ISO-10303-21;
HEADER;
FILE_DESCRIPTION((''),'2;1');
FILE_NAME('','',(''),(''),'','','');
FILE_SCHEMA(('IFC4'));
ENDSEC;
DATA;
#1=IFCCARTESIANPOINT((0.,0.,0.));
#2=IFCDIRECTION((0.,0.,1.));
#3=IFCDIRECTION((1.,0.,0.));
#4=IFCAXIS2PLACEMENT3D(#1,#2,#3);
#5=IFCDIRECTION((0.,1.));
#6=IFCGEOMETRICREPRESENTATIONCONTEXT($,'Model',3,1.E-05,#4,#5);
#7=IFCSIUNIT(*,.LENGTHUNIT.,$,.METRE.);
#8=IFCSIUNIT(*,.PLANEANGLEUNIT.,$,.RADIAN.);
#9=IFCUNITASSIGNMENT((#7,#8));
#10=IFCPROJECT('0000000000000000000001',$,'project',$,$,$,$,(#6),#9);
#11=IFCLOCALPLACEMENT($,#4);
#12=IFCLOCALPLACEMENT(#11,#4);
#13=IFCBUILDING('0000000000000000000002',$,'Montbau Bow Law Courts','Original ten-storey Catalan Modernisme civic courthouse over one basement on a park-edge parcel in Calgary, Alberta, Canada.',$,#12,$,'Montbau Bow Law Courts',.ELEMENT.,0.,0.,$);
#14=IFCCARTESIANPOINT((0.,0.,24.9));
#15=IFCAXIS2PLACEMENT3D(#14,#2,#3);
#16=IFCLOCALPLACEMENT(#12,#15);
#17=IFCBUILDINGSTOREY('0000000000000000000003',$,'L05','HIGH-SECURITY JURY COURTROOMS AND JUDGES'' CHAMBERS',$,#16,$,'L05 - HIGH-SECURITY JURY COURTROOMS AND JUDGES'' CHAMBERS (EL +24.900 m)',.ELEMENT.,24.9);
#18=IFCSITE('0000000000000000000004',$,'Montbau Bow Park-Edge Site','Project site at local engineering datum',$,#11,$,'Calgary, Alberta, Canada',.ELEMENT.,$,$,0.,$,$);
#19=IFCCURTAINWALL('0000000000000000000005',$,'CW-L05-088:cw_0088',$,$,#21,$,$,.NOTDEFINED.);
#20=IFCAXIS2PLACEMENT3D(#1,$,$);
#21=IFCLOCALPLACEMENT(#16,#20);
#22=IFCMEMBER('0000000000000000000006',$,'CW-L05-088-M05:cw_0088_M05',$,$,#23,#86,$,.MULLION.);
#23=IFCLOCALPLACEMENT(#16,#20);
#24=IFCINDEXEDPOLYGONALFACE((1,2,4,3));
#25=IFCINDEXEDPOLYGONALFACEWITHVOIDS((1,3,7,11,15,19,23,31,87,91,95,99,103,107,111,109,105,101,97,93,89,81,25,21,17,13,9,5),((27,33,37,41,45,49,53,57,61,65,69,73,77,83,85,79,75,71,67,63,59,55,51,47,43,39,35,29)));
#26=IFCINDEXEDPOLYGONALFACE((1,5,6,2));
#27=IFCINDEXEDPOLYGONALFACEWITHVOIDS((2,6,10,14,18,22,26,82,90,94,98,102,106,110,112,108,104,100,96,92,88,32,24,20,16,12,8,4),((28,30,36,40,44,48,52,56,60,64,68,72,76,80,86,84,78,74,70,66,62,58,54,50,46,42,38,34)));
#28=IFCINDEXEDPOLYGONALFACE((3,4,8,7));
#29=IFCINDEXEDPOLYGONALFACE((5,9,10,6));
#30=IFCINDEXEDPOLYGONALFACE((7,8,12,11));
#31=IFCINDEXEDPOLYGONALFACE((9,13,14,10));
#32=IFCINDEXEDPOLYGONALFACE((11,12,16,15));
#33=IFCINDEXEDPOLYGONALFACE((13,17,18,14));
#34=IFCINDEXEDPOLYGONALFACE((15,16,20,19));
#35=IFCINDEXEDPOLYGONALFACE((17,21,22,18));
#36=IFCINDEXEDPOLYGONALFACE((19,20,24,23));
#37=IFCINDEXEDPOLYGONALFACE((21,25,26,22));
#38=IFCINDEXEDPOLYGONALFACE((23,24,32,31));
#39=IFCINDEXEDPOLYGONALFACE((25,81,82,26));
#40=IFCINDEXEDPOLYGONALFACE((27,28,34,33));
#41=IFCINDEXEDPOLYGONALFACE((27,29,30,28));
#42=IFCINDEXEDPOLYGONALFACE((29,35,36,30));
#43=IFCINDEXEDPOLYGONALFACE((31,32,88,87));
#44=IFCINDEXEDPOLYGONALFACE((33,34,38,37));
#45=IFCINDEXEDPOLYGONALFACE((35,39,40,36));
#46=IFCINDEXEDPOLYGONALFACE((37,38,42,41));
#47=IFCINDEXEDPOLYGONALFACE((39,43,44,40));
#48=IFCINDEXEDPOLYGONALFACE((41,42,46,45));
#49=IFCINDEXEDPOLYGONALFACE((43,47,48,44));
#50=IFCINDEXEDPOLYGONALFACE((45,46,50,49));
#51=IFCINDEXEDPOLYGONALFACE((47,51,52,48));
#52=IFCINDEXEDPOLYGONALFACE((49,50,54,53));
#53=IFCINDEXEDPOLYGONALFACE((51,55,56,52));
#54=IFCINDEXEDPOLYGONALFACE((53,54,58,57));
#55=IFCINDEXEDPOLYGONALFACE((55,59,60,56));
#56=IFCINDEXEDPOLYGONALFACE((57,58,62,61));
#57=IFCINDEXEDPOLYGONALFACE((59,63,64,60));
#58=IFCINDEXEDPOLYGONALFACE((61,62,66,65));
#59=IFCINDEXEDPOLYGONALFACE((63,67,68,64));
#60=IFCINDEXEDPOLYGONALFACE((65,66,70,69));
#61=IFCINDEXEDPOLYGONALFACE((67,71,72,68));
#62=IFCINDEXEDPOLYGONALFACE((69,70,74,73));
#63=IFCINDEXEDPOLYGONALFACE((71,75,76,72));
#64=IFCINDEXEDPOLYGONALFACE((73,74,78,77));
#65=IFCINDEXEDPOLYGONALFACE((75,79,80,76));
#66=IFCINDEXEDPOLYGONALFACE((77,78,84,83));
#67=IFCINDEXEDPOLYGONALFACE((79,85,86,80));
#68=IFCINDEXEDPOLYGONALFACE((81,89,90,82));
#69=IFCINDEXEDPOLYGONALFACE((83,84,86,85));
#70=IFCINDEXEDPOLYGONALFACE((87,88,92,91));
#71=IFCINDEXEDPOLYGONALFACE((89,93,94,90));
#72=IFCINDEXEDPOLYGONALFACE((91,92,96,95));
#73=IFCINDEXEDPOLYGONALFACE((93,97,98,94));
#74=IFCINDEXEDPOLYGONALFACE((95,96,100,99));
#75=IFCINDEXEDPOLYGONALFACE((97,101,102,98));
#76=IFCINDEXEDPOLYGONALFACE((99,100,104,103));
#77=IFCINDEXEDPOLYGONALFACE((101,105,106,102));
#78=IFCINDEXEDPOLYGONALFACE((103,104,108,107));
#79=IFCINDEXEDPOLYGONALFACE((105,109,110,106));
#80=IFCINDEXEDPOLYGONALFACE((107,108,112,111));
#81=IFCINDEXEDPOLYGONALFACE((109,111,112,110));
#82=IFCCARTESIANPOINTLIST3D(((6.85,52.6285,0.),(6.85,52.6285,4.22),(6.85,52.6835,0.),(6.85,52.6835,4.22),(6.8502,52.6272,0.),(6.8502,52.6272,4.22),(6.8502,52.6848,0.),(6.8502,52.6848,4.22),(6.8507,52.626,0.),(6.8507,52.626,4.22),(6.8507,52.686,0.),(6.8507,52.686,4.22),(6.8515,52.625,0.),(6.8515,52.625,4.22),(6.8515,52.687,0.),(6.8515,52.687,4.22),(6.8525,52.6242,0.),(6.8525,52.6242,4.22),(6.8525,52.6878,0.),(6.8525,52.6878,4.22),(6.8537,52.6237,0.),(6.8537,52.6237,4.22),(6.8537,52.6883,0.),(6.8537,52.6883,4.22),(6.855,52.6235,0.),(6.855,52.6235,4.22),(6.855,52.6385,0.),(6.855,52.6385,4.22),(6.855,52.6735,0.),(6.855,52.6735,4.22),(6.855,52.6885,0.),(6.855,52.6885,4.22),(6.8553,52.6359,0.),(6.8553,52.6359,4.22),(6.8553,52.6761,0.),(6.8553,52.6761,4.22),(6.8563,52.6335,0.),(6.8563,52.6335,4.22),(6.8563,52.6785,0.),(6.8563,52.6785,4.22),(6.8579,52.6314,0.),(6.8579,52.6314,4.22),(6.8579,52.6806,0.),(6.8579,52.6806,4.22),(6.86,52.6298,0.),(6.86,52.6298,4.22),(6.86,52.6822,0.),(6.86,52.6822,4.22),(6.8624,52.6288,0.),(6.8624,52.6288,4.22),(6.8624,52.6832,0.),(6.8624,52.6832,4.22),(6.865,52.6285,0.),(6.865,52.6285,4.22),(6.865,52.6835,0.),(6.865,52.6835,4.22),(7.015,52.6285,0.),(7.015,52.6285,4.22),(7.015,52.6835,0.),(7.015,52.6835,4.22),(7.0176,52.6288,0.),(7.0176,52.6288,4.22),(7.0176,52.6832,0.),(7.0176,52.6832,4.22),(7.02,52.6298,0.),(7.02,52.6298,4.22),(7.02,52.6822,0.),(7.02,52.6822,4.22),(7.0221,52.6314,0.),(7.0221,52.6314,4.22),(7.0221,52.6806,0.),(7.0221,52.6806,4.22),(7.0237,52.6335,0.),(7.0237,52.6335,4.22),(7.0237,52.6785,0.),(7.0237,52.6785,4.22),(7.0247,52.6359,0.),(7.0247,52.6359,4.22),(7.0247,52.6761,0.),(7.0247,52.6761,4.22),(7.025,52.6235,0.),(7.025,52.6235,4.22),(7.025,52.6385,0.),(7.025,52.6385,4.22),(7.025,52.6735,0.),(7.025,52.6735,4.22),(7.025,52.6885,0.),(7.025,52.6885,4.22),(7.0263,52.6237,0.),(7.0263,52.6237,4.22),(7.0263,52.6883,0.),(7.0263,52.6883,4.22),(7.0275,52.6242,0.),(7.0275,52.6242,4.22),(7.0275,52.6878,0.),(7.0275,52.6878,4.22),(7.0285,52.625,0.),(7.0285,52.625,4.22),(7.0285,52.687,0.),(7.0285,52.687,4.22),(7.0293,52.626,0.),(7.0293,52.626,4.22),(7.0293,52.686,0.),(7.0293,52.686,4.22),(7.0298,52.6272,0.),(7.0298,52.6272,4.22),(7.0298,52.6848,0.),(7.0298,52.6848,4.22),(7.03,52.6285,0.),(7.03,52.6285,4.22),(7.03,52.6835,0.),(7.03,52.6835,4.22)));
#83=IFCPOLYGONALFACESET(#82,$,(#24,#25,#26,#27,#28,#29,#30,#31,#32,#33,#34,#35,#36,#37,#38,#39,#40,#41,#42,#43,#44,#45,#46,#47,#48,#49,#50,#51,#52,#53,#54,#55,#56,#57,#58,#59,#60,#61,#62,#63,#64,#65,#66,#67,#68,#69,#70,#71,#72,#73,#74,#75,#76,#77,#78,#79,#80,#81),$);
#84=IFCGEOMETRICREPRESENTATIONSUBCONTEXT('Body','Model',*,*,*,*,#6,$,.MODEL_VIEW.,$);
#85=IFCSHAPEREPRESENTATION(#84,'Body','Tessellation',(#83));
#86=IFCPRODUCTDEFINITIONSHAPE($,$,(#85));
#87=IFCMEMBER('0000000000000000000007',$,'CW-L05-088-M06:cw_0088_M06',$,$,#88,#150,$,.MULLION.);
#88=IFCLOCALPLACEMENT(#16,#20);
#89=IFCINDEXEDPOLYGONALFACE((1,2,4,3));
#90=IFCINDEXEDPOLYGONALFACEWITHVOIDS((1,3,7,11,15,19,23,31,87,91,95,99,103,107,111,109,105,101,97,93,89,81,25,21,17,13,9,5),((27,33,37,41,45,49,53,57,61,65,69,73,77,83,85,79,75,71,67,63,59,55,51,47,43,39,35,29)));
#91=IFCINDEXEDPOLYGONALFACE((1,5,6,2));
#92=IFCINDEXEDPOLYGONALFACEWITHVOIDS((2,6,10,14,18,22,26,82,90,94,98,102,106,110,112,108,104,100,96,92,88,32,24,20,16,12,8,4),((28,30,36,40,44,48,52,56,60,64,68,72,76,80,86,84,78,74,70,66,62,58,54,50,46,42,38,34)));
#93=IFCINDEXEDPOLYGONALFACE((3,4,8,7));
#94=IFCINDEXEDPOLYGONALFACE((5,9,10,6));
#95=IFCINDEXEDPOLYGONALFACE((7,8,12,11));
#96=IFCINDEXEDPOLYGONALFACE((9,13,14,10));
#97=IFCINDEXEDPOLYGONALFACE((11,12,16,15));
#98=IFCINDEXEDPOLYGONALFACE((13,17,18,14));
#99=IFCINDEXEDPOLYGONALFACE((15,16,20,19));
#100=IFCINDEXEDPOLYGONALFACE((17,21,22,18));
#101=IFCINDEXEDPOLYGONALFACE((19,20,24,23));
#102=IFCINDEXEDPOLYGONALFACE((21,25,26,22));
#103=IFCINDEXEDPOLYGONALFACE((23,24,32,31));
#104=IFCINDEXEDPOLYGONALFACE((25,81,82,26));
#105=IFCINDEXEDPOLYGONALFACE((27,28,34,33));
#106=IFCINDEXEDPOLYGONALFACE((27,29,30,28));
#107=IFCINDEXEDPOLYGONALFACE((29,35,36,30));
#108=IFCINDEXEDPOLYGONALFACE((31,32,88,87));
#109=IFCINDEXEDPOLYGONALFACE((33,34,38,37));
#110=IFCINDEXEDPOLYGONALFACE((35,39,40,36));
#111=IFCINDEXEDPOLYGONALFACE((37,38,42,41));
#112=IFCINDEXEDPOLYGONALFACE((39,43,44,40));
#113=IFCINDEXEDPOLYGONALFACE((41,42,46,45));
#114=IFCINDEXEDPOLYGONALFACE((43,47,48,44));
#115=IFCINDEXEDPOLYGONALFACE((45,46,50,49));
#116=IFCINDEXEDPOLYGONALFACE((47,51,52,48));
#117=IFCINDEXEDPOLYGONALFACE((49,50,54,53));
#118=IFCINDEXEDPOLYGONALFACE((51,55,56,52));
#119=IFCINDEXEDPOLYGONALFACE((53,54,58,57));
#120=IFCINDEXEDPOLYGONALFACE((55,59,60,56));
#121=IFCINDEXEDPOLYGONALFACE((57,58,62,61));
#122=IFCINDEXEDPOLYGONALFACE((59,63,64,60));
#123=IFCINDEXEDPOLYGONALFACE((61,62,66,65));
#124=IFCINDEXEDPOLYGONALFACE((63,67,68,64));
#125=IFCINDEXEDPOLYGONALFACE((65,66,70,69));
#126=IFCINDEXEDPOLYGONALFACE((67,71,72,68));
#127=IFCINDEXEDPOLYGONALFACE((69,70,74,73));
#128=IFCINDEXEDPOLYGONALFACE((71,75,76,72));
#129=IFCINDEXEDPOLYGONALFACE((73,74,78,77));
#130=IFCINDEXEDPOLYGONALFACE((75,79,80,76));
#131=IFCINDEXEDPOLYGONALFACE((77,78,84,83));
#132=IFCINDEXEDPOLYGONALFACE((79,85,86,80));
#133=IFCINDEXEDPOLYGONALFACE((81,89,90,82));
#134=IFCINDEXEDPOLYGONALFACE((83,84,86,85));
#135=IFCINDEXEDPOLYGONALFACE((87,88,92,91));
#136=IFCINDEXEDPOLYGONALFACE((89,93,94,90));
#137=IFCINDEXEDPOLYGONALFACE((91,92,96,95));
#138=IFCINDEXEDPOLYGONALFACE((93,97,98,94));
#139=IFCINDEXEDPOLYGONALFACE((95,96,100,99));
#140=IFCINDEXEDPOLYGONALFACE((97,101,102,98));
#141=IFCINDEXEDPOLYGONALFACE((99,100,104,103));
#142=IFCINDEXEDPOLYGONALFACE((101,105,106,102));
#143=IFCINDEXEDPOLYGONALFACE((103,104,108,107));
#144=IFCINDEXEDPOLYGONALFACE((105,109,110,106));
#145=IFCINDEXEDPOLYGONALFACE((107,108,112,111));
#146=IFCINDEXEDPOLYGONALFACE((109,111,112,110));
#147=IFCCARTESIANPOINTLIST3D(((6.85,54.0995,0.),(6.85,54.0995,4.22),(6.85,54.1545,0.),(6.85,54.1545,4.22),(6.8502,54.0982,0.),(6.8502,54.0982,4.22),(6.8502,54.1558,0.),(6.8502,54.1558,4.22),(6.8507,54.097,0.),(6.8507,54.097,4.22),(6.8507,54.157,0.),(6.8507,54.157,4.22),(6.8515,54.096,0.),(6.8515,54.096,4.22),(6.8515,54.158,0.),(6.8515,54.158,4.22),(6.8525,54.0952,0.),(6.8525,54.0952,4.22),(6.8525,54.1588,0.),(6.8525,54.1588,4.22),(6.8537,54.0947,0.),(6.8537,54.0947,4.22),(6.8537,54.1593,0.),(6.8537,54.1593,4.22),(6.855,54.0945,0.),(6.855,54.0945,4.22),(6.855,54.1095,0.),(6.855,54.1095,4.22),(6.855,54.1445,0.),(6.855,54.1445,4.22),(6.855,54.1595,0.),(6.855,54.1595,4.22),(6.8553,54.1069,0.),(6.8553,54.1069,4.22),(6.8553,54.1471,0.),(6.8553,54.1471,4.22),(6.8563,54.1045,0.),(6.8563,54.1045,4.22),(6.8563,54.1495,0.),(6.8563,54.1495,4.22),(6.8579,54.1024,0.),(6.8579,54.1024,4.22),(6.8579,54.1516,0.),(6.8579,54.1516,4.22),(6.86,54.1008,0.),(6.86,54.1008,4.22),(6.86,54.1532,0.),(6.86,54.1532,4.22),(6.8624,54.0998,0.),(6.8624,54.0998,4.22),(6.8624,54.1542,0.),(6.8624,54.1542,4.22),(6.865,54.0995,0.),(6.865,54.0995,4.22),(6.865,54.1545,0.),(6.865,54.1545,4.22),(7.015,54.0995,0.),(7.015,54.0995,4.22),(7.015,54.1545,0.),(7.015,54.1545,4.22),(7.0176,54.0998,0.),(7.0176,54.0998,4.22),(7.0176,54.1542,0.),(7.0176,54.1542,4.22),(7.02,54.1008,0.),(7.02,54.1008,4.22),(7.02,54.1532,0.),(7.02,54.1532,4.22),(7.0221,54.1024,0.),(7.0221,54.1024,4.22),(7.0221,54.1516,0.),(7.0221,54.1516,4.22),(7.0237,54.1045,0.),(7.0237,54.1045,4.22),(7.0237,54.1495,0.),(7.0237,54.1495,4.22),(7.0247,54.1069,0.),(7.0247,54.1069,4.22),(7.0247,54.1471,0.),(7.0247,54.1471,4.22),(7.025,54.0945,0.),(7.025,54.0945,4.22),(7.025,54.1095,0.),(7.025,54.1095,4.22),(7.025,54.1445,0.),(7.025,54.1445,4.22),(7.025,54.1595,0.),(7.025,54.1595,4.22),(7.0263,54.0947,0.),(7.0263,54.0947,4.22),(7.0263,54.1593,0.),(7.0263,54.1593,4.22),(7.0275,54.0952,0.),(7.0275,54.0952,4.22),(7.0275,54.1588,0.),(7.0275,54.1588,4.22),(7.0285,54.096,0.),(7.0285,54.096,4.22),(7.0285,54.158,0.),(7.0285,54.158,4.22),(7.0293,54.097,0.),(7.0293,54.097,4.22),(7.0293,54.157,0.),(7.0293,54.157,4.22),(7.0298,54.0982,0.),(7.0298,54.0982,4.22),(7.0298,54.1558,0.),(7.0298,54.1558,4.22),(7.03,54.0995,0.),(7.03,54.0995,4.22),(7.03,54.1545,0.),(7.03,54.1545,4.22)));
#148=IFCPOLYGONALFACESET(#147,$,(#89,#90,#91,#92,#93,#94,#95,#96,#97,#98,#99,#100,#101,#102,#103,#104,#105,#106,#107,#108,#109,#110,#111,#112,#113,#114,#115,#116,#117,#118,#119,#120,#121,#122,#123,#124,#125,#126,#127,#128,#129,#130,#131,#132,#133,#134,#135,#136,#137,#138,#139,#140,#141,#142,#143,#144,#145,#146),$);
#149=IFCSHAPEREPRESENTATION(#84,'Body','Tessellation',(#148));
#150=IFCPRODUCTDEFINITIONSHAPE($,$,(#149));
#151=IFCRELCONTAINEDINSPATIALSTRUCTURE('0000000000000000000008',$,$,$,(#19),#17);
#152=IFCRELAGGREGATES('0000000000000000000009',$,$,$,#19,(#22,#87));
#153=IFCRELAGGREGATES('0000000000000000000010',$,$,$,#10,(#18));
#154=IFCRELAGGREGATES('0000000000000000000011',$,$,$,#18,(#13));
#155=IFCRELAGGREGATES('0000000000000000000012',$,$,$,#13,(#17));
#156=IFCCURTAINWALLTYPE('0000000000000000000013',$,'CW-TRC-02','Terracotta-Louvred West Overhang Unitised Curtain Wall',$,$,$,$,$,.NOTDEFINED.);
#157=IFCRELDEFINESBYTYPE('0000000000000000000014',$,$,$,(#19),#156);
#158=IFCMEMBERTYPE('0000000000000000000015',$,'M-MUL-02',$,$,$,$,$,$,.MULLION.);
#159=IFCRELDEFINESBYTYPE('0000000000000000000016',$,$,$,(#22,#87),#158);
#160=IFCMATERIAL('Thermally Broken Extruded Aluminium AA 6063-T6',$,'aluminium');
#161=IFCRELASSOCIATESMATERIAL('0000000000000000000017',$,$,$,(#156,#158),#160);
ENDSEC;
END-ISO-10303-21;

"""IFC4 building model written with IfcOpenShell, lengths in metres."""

from ifc_helpers import new_model, si_unit, direction, frame, origin_with_axes, origin_2d_with_axis, place, context, subcontext, project, spatial, hollow_rectangle, extrude, material, material_profile, profile_set, type_object, element, aggregate, save


model = new_model("IFC4")

# Units and contexts
model_context = context("Model", 3, precision=1e-05, world=origin_with_axes(), true_north=direction((0.0, 1.0)))
body_context = subcontext(model_context, "Body", "Model", "MODEL_VIEW")
ifc_project = project(units=[si_unit("LENGTHUNIT", "METRE"), si_unit("PLANEANGLEUNIT", "RADIAN")], contexts=[model_context])

# Site, building, storey
site_placement = place(None, origin_with_axes())
site = spatial("IfcSite", under=ifc_project, at=site_placement, Name="Montbau Bow Park-Edge Site", Description="Project site at local engineering datum", LongName="Calgary, Alberta, Canada", CompositionType="ELEMENT", RefElevation=0.0)
building_placement = place(site_placement, origin_with_axes())
building = spatial("IfcBuilding", under=site, at=building_placement, Name="Montbau Bow Law Courts", Description="Original ten-storey Catalan Modernisme civic courthouse over one basement on a park-edge parcel in Calgary, Alberta, Canada.", LongName="Montbau Bow Law Courts", CompositionType="ELEMENT", ElevationOfRefHeight=0.0, ElevationOfTerrain=0.0)
storey_placement = place(building_placement, frame((0.0, 0.0, 24.9), z_axis=(0.0, 0.0, 1.0), x_axis=(1.0, 0.0, 0.0)))
storey = spatial("IfcBuildingStorey", under=building, at=storey_placement, Name="L05", Description="HIGH-SECURITY JURY COURTROOMS AND JUDGES' CHAMBERS", LongName="L05 - HIGH-SECURITY JURY COURTROOMS AND JUDGES' CHAMBERS (EL +24.900 m)", CompositionType="ELEMENT", Elevation=24.9)

# Curtain wall, members
ifc_material_1 = material(Name="Thermally Broken Extruded Aluminium AA 6063-T6", Category="aluminium")
curtain_wall_type = type_object("IfcCurtainWallType", Name="CW-TRC-02", Description="Terracotta-Louvred West Overhang Unitised Curtain Wall", PredefinedType="NOTDEFINED", material=ifc_material_1)
curtain_wall_1_placement = place(None, frame((6.94, 46.64, 24.9), z_axis=(0.0, 0.0, 1.0), x_axis=(1.0, 0.0, 0.0)))
curtain_wall_1 = element("IfcCurtainWall", 1, at=curtain_wall_1_placement, inside=storey, type_object=curtain_wall_type, Name="CW-L05-088:cw_0088", PredefinedType="NOTDEFINED")
ifc_material_profile_1 = material_profile(ifc_material_1, hollow_rectangle(XDim=0.065, YDim=0.18, WallThickness=0.005, InnerFilletRadius=0.01, OuterFilletRadius=0.005, at=origin_2d_with_axis()), Name="CWM-180X65", Category="Main", Priority=0)
ifc_profile_set_1 = profile_set([ifc_material_profile_1], Name="Thermally Broken Extruded Aluminium AA 6063-T6")
member_type_1 = type_object("IfcMemberType", Name="M-MUL-02", PredefinedType="MULLION", material=ifc_profile_set_1)
member_1_placement = place(None, frame((6.94, 52.656, 24.9), z_axis=(0.0, 0.0, 1.0), x_axis=(0.0, 1.0, 0.0)))
member_1 = element("IfcMember", 2, at=member_1_placement, type_object=member_type_1, Name="CW-L05-088-M05:cw_0088_M05", PredefinedType="MULLION", context=body_context, shape_type="SweptSolid", body=[
    extrude(hollow_rectangle(XDim=0.065, YDim=0.18, WallThickness=0.005, InnerFilletRadius=0.01, OuterFilletRadius=0.005, at=origin_2d_with_axis()), origin_with_axes(), (0.0, 0.0, 1.0), 4.22),
])
member_2_placement = place(None, frame((6.94, 54.127, 24.9), z_axis=(0.0, 0.0, 1.0), x_axis=(0.0, 1.0, 0.0)))
member_2 = element("IfcMember", 3, at=member_2_placement, type_object=member_type_1, Name="CW-L05-088-M06:cw_0088_M06", PredefinedType="MULLION", context=body_context, shape_type="SweptSolid", body=[
    extrude(hollow_rectangle(XDim=0.065, YDim=0.18, WallThickness=0.005, InnerFilletRadius=0.01, OuterFilletRadius=0.005, at=origin_2d_with_axis()), origin_with_axes(), (0.0, 0.0, 1.0), 4.22),
])

aggregate(curtain_wall_1, [member_1, member_2])

save(model, "model.ifc")
